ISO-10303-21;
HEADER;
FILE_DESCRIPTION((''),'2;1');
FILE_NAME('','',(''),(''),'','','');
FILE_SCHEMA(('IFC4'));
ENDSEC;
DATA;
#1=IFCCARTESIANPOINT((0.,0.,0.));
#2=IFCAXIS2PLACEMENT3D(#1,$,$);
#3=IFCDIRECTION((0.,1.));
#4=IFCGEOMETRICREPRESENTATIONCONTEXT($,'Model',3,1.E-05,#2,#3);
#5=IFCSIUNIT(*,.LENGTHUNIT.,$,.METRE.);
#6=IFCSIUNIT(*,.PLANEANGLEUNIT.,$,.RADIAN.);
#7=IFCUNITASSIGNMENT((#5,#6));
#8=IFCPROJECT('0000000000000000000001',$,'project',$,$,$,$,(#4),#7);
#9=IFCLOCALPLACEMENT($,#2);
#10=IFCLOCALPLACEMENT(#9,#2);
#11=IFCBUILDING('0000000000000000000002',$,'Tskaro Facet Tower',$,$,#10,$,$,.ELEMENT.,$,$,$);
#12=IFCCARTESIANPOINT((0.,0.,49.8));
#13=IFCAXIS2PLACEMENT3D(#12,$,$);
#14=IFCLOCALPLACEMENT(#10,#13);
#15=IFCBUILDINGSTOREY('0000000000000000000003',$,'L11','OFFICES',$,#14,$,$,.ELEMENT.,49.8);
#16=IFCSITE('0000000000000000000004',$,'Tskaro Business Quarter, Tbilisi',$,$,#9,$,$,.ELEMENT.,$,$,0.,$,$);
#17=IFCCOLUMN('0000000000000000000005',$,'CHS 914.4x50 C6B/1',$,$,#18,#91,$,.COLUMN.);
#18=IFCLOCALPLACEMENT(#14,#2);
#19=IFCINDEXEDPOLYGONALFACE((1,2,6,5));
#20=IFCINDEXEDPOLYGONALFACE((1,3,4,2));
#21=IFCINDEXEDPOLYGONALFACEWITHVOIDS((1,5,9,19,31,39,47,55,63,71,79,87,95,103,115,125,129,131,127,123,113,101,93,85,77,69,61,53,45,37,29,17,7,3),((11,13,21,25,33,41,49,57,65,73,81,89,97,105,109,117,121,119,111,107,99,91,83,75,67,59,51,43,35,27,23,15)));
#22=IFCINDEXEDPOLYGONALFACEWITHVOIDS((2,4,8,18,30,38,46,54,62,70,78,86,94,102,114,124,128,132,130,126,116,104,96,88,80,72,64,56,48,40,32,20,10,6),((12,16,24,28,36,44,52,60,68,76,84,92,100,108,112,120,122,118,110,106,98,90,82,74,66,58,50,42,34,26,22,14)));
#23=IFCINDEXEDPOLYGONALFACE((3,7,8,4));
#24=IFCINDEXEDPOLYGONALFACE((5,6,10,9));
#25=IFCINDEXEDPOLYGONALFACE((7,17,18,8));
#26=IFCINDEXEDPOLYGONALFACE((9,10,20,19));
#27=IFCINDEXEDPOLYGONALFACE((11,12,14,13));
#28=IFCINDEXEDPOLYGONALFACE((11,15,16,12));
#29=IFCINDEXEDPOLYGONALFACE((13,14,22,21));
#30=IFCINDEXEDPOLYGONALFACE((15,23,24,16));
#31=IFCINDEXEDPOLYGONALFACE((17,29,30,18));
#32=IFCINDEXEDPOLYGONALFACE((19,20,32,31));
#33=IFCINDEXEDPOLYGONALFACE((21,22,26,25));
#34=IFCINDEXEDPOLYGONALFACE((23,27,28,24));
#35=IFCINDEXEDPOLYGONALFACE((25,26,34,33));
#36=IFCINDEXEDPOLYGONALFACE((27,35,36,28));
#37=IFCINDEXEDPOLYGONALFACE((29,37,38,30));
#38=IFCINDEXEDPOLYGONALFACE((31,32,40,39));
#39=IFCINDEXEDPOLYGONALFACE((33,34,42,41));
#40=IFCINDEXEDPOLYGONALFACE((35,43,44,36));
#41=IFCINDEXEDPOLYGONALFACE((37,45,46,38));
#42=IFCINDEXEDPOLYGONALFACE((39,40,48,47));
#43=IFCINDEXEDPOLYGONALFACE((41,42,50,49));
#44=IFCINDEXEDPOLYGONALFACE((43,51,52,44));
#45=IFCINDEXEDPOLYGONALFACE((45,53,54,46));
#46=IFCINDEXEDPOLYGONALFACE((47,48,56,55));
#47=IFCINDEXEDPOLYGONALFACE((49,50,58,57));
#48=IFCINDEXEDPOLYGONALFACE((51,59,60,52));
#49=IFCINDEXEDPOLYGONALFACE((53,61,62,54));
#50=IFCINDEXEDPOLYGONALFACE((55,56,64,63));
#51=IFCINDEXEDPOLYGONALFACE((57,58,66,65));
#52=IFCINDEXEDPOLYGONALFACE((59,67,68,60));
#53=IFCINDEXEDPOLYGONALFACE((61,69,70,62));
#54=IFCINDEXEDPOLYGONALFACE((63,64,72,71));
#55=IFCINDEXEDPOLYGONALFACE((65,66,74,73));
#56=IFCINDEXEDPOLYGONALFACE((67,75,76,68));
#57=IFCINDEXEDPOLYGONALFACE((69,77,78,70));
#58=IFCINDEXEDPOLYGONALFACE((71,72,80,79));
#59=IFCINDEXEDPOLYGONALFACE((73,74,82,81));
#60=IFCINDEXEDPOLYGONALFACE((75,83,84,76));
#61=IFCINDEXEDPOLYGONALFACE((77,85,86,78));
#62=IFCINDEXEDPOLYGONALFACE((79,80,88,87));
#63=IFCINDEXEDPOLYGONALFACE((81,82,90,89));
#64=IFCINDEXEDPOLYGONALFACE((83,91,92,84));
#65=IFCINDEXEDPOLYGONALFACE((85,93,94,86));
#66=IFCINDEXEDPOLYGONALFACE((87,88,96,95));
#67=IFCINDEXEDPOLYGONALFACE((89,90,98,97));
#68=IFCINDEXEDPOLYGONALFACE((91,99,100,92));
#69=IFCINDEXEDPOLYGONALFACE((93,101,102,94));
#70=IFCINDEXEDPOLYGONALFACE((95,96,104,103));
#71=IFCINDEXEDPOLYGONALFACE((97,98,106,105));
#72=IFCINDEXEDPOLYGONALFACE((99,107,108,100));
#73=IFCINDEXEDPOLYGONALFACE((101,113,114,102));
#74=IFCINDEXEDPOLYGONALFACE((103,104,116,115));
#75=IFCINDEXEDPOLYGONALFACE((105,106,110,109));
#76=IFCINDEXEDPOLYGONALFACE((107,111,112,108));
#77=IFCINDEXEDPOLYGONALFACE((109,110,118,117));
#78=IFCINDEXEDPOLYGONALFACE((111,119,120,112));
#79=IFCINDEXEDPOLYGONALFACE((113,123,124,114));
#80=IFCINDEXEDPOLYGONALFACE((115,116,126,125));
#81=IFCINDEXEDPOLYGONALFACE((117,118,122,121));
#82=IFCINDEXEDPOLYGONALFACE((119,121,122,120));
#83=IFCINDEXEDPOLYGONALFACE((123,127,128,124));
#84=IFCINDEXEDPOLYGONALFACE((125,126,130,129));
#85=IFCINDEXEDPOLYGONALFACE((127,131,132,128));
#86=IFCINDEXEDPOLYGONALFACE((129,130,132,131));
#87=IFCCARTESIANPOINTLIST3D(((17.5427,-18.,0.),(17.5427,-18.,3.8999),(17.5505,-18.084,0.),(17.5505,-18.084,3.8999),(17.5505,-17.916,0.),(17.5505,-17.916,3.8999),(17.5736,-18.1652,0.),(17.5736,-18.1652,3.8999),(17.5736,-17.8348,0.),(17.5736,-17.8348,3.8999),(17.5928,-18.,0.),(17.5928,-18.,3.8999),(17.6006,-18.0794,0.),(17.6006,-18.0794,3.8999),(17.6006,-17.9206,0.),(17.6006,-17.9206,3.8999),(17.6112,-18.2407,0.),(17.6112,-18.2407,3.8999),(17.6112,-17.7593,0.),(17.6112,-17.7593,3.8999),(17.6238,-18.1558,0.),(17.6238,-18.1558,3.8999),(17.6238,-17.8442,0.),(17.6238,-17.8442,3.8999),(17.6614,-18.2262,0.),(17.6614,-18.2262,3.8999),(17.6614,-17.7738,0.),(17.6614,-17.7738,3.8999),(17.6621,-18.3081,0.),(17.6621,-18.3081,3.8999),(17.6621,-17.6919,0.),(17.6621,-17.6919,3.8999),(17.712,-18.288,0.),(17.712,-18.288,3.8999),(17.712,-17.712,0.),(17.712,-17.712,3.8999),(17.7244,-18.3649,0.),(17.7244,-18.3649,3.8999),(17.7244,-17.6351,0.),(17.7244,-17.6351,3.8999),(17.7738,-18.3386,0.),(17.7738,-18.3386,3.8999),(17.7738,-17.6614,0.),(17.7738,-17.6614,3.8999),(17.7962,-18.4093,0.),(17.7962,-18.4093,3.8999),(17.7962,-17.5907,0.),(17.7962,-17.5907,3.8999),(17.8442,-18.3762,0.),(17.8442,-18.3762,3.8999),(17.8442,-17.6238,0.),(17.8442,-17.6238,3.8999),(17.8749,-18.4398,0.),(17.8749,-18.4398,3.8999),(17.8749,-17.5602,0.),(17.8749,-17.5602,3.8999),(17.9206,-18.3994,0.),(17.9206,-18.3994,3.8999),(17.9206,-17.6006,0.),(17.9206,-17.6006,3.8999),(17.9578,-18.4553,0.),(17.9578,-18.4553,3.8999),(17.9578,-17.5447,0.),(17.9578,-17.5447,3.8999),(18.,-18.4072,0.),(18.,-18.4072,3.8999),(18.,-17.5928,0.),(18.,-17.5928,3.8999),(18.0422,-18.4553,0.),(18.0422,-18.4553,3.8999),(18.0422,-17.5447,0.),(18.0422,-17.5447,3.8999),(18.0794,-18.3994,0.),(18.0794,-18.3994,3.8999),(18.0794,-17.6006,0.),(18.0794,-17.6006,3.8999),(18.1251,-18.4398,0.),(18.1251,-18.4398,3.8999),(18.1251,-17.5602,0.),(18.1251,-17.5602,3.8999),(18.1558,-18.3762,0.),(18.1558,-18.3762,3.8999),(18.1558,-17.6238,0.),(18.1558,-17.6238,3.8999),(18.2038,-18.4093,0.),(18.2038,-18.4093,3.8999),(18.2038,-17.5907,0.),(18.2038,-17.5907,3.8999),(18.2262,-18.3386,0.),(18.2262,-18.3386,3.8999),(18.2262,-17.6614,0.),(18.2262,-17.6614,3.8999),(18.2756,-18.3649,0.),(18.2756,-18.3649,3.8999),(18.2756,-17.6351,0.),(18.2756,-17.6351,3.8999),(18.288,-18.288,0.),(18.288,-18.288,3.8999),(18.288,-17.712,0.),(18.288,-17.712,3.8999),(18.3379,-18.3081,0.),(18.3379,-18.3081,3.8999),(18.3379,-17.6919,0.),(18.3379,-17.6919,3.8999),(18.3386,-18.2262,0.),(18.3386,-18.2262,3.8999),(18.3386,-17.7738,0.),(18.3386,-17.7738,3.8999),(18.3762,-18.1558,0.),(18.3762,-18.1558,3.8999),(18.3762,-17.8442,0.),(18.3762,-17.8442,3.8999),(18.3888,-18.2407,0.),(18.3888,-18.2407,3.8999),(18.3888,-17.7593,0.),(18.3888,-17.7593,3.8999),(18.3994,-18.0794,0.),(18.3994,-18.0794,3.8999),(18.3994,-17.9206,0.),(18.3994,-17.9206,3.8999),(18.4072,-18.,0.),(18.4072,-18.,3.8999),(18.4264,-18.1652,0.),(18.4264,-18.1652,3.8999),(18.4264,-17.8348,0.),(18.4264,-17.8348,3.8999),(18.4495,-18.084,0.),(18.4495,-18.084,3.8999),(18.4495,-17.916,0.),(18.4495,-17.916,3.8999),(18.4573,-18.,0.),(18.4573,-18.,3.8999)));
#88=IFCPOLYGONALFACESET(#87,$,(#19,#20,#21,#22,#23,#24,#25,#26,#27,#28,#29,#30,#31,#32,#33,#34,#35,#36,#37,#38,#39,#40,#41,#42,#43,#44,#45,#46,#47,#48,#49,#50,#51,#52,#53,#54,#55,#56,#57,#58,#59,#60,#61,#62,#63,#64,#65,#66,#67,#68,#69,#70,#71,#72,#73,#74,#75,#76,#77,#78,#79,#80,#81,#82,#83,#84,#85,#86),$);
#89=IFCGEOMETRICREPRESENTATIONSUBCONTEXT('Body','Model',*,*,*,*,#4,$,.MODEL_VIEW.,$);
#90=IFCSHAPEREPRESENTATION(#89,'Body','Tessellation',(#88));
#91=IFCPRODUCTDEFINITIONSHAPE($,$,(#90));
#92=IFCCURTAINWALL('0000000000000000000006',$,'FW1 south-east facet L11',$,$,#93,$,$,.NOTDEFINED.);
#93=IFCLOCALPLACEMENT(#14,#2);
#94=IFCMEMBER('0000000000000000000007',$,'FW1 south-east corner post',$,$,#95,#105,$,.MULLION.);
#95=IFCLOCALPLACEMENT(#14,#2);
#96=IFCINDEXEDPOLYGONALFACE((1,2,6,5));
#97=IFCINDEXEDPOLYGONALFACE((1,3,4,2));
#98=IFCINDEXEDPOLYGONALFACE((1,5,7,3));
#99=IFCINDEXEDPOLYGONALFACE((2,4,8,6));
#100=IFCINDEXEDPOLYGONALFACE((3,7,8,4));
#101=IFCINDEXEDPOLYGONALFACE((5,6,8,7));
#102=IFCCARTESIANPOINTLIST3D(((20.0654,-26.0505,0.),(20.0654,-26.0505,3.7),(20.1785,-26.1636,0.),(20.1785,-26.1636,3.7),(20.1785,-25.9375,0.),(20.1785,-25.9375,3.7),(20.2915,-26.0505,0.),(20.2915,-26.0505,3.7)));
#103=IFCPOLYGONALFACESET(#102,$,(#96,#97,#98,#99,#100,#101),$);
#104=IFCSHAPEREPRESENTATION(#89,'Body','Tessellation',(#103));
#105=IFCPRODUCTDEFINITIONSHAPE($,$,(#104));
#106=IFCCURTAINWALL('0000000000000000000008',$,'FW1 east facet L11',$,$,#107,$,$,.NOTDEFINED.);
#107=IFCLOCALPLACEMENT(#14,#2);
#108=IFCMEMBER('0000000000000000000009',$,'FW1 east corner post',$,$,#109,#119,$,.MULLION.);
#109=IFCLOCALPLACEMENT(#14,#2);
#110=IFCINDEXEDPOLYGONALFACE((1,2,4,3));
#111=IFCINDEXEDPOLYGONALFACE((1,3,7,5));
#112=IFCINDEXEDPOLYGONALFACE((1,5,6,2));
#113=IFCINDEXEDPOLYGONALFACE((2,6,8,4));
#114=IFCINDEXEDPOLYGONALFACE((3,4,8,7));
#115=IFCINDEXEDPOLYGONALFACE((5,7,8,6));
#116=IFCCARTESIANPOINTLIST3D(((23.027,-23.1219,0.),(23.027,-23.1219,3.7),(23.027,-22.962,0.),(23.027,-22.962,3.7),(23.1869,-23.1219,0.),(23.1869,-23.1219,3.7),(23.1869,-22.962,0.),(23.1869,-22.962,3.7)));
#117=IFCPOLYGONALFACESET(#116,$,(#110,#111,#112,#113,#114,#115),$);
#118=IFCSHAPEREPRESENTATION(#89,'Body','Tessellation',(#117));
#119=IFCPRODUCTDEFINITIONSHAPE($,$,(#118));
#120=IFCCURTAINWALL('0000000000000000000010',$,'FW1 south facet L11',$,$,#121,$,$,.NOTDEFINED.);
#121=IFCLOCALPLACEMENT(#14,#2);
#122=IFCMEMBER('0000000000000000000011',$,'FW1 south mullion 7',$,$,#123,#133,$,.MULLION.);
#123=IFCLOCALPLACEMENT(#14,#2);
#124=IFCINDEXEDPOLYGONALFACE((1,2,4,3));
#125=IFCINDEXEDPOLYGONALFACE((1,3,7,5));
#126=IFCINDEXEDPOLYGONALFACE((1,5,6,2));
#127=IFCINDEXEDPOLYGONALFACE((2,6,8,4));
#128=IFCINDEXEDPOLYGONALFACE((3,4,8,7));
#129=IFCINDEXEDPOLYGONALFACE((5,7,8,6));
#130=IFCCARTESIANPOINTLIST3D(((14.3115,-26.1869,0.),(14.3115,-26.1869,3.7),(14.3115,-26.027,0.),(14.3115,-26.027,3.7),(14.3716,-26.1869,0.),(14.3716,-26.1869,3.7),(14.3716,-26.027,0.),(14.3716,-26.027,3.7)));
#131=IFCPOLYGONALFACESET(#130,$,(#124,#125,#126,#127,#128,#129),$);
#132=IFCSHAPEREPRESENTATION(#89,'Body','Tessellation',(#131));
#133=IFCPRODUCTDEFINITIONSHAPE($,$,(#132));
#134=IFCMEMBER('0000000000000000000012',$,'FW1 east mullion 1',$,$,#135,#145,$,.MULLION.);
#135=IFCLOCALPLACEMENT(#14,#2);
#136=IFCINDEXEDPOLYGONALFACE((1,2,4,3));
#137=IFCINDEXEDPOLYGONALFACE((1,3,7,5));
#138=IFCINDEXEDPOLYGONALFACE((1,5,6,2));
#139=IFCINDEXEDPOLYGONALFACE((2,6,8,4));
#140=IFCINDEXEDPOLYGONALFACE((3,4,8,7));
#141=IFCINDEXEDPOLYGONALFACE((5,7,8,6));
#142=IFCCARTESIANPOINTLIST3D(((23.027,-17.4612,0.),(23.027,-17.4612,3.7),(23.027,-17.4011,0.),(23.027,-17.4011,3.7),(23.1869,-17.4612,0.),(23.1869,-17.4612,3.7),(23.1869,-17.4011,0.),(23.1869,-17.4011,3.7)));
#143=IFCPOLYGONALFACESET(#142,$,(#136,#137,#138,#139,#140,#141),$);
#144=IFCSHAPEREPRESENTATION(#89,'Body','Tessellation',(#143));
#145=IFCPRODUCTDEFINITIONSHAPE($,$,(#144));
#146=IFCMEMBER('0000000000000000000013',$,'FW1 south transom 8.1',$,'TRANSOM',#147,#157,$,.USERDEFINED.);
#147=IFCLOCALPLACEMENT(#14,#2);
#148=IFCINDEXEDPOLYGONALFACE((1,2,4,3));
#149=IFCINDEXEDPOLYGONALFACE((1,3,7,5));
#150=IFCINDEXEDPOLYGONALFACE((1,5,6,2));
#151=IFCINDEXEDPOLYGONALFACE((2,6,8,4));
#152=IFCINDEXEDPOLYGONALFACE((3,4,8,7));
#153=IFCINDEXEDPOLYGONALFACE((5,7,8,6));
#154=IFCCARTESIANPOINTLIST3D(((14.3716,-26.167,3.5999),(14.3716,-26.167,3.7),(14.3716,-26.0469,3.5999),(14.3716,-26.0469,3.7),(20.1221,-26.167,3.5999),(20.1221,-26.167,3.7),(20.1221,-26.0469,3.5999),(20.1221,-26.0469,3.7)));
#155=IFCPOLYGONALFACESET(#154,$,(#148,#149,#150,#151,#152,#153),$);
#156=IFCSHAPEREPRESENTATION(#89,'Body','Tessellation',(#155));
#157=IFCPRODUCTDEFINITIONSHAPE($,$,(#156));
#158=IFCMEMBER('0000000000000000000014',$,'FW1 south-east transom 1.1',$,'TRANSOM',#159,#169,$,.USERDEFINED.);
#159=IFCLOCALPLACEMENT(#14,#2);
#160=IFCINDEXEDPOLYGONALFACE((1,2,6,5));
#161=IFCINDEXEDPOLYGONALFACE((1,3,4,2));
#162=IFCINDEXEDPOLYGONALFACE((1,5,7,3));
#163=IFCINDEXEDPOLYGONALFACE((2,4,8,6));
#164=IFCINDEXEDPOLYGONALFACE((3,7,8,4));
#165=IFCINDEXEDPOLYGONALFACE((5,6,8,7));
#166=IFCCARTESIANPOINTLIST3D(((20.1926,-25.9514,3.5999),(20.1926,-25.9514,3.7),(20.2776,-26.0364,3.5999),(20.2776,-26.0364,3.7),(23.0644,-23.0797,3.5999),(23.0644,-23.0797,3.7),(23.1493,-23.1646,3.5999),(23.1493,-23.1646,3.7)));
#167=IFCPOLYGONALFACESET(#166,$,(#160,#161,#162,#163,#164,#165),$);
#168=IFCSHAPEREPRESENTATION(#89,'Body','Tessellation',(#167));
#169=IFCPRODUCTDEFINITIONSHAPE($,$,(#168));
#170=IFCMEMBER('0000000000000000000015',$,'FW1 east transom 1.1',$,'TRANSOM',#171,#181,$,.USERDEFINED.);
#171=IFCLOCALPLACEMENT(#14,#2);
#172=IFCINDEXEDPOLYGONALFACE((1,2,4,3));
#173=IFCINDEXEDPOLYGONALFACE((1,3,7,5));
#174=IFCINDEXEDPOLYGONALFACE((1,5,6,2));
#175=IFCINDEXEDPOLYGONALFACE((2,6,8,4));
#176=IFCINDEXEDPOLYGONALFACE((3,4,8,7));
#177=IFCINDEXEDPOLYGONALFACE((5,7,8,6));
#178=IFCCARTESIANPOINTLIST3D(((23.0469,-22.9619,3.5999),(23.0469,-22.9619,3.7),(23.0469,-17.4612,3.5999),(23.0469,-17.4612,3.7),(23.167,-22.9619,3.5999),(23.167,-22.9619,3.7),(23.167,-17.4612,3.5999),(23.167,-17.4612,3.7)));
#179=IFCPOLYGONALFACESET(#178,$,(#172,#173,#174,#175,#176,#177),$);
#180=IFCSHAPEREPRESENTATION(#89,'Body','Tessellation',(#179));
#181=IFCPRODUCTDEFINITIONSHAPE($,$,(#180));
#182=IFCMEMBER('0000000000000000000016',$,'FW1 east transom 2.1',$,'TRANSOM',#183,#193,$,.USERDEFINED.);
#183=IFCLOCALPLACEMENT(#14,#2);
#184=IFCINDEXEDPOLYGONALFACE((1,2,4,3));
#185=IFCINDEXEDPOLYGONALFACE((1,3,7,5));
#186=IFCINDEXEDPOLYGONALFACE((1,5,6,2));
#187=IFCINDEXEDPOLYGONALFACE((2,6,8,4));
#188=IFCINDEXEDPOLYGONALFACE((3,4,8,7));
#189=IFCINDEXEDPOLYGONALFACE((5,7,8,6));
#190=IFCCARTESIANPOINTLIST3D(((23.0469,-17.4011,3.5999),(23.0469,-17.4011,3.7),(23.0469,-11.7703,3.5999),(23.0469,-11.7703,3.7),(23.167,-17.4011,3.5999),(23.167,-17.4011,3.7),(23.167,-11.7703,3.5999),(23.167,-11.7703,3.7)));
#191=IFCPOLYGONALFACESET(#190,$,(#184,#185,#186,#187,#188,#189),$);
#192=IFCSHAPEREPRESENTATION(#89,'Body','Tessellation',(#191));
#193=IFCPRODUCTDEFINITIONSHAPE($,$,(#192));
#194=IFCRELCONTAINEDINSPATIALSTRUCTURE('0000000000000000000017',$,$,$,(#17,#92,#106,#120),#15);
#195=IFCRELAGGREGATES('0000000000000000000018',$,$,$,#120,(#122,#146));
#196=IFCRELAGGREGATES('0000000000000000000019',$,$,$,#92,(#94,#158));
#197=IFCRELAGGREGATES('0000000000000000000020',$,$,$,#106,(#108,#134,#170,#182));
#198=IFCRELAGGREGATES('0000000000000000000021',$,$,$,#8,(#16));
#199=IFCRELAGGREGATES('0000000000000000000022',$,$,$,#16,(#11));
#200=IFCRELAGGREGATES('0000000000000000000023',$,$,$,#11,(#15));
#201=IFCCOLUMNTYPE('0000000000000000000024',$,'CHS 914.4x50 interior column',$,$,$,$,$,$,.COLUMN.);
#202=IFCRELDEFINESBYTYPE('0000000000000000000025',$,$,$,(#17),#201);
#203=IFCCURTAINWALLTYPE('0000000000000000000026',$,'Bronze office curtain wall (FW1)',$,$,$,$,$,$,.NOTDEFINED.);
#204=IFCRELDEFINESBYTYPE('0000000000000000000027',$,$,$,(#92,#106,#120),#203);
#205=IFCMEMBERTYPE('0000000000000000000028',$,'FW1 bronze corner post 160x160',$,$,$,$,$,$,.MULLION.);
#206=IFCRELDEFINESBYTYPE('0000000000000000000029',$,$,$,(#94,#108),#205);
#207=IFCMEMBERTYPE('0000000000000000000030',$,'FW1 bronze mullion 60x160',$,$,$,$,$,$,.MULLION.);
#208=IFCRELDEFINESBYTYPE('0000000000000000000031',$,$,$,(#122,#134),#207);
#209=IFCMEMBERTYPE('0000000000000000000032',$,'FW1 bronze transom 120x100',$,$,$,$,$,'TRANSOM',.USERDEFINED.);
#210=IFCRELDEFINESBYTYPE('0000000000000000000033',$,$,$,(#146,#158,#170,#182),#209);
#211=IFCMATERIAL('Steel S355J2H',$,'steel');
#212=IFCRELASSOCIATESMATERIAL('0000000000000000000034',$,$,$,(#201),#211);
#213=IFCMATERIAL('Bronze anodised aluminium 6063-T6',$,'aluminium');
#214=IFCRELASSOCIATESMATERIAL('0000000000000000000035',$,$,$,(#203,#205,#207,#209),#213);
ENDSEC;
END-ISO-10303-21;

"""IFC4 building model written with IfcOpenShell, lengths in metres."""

from ifc_helpers import new_model, si_unit, direction, frame, origin, origin_2d, place, context, subcontext, project, spatial, rectangle, hollow_circle, extrude, material, material_profile, profile_set, type_object, element, aggregate, save


model = new_model("IFC4")

# Units and contexts
model_context = context("Model", 3, precision=1e-05, world=origin(), true_north=direction((0.0, 1.0)))
body_context = subcontext(model_context, "Body", "Model", "MODEL_VIEW")
ifc_project = project(units=[si_unit("LENGTHUNIT", "METRE"), si_unit("PLANEANGLEUNIT", "RADIAN")], contexts=[model_context])

# Site, building, storey
site_placement = place(None, origin())
site = spatial("IfcSite", under=ifc_project, at=site_placement, Name="Tskaro Business Quarter, Tbilisi", CompositionType="ELEMENT", RefElevation=0.0)
building_placement = place(site_placement, origin())
building = spatial("IfcBuilding", under=site, at=building_placement, Name="Tskaro Facet Tower", CompositionType="ELEMENT")
storey_placement = place(building_placement, frame((0.0, 0.0, 49.8)))
storey = spatial("IfcBuildingStorey", under=building, at=storey_placement, Name="L11", Description="OFFICES", CompositionType="ELEMENT", Elevation=49.8)

# Column
ifc_material_1 = material(Name="Steel S355J2H", Category="steel")
ifc_material_profile_1 = material_profile(ifc_material_1, hollow_circle(Radius=0.4573, WallThickness=0.05, at=origin_2d()), Name="CHS 914.4x50")
ifc_profile_set_1 = profile_set([ifc_material_profile_1], Name="Steel S355J2H")
column_type_1 = type_object("IfcColumnType", Name="CHS 914.4x50 interior column", PredefinedType="COLUMN", material=ifc_profile_set_1)
column_placement = place(storey_placement, frame((18.0, -18.0, 0.0), z_axis=(0.0, 0.0, 1.0), x_axis=(1.0, 0.0, 0.0)))
element("IfcColumn", 1, at=column_placement, inside=storey, type_object=column_type_1, Name="CHS 914.4x50 C6B/1", PredefinedType="COLUMN", context=body_context, shape_type="SweptSolid", body=[
    extrude(hollow_circle(Radius=0.4573, WallThickness=0.05, at=origin_2d()), origin(), (0.0, 0.0, 1.0), 3.8999),
])

# Curtain walls, members
ifc_material_2 = material(Name="Bronze anodised aluminium 6063-T6", Category="aluminium")
curtain_wall_type = type_object("IfcCurtainWallType", Name="Bronze office curtain wall (FW1)", PredefinedType="NOTDEFINED", material=ifc_material_2)
curtain_wall_1_placement = place(storey_placement, origin())
curtain_wall_1 = element("IfcCurtainWall", 2, at=curtain_wall_1_placement, inside=storey, type_object=curtain_wall_type, Name="FW1 south-east facet L11", PredefinedType="NOTDEFINED")
ifc_material_profile_2 = material_profile(ifc_material_2, rectangle(XDim=0.1599, YDim=0.1599, at=origin_2d()), Name="Corner post 160x160")
ifc_profile_set_2 = profile_set([ifc_material_profile_2], Name="Bronze anodised aluminium 6063-T6")
member_type_1 = type_object("IfcMemberType", Name="FW1 bronze corner post 160x160", PredefinedType="MULLION", material=ifc_profile_set_2)
member_1_placement = place(storey_placement, frame((20.1785, -26.0505, 0.0), z_axis=(0.0, 0.0, 1.0), x_axis=(0.707107, 0.707107, 0.0)))
member_1 = element("IfcMember", 3, at=member_1_placement, type_object=member_type_1, Name="FW1 south-east corner post", PredefinedType="MULLION", context=body_context, shape_type="SweptSolid", body=[
    extrude(rectangle(XDim=0.1599, YDim=0.1599, at=origin_2d()), origin(), (0.0, 0.0, 1.0), 3.7),
])
curtain_wall_2_placement = place(storey_placement, origin())
curtain_wall_2 = element("IfcCurtainWall", 4, at=curtain_wall_2_placement, inside=storey, type_object=curtain_wall_type, Name="FW1 east facet L11", PredefinedType="NOTDEFINED")
member_2_placement = place(storey_placement, frame((23.1069, -23.042, 0.0), z_axis=(0.0, 0.0, 1.0), x_axis=(0.0, 1.0, 0.0)))
member_2 = element("IfcMember", 5, at=member_2_placement, type_object=member_type_1, Name="FW1 east corner post", PredefinedType="MULLION", context=body_context, shape_type="SweptSolid", body=[
    extrude(rectangle(XDim=0.1599, YDim=0.1599, at=origin_2d()), origin(), (0.0, 0.0, 1.0), 3.7),
])
curtain_wall_3_placement = place(storey_placement, origin())
curtain_wall_3 = element("IfcCurtainWall", 6, at=curtain_wall_3_placement, inside=storey, type_object=curtain_wall_type, Name="FW1 south facet L11", PredefinedType="NOTDEFINED")
ifc_material_profile_3 = material_profile(ifc_material_2, rectangle(XDim=0.0601, YDim=0.1599, at=origin_2d()), Name="Mullion 60x160")
ifc_profile_set_3 = profile_set([ifc_material_profile_3], Name="Bronze anodised aluminium 6063-T6")
member_type_2 = type_object("IfcMemberType", Name="FW1 bronze mullion 60x160", PredefinedType="MULLION", material=ifc_profile_set_3)
member_3_placement = place(storey_placement, frame((14.3416, -26.1069, 0.0), z_axis=(0.0, 0.0, 1.0), x_axis=(1.0, 0.0, 0.0)))
member_3 = element("IfcMember", 7, at=member_3_placement, type_object=member_type_2, Name="FW1 south mullion 7", PredefinedType="MULLION", context=body_context, shape_type="SweptSolid", body=[
    extrude(rectangle(XDim=0.0601, YDim=0.1599, at=origin_2d()), origin(), (0.0, 0.0, 1.0), 3.7),
])

# Members
member_4_placement = place(storey_placement, frame((23.1069, -17.4312, 0.0), z_axis=(0.0, 0.0, 1.0), x_axis=(0.0, 1.0, 0.0)))
member_4 = element("IfcMember", 8, at=member_4_placement, type_object=member_type_2, Name="FW1 east mullion 1", PredefinedType="MULLION", context=body_context, shape_type="SweptSolid", body=[
    extrude(rectangle(XDim=0.0601, YDim=0.1599, at=origin_2d()), origin(), (0.0, 0.0, 1.0), 3.7),
])
ifc_material_profile_4 = material_profile(ifc_material_2, rectangle(XDim=0.1201, YDim=0.1001, at=origin_2d()), Name="Transom 120x100")
ifc_profile_set_4 = profile_set([ifc_material_profile_4], Name="Bronze anodised aluminium 6063-T6")
member_type_3 = type_object("IfcMemberType", Name="FW1 bronze transom 120x100", ElementType="TRANSOM", PredefinedType="USERDEFINED", material=ifc_profile_set_4)
member_5_placement = place(storey_placement, frame((14.3716, -26.1069, 3.6499), z_axis=(1.0, 0.0, 0.0), x_axis=(0.0, 1.0, 0.0)))
member_5 = element("IfcMember", 9, at=member_5_placement, type_object=member_type_3, Name="FW1 south transom 8.1", ObjectType="TRANSOM", PredefinedType="USERDEFINED", context=body_context, shape_type="SweptSolid", body=[
    extrude(rectangle(XDim=0.1201, YDim=0.1001, at=origin_2d()), origin(), (0.0, 0.0, 1.0), 5.7505),
])
member_6_placement = place(storey_placement, frame((20.2351, -25.9939, 3.6499), z_axis=(0.707107, 0.707107, 0.0), x_axis=(-0.707107, 0.707107, 0.0)))
member_6 = element("IfcMember", 10, at=member_6_placement, type_object=member_type_3, Name="FW1 south-east transom 1.1", ObjectType="TRANSOM", PredefinedType="USERDEFINED", context=body_context, shape_type="SweptSolid", body=[
    extrude(rectangle(XDim=0.1201, YDim=0.1001, at=origin_2d()), origin(), (0.0, 0.0, 1.0), 4.0613),
])
member_7_placement = place(storey_placement, frame((23.1069, -22.9619, 3.6499), z_axis=(0.0, 1.0, 0.0), x_axis=(-1.0, 0.0, 0.0)))
member_7 = element("IfcMember", 11, at=member_7_placement, type_object=member_type_3, Name="FW1 east transom 1.1", ObjectType="TRANSOM", PredefinedType="USERDEFINED", context=body_context, shape_type="SweptSolid", body=[
    extrude(rectangle(XDim=0.1201, YDim=0.1001, at=origin_2d()), origin(), (0.0, 0.0, 1.0), 5.5007),
])
member_8_placement = place(storey_placement, frame((23.1069, -17.4011, 3.6499), z_axis=(0.0, 1.0, 0.0), x_axis=(-1.0, 0.0, 0.0)))
member_8 = element("IfcMember", 12, at=member_8_placement, type_object=member_type_3, Name="FW1 east transom 2.1", ObjectType="TRANSOM", PredefinedType="USERDEFINED", context=body_context, shape_type="SweptSolid", body=[
    extrude(rectangle(XDim=0.1201, YDim=0.1001, at=origin_2d()), origin(), (0.0, 0.0, 1.0), 5.6309),
])

aggregate(curtain_wall_3, [member_3, member_5])
aggregate(curtain_wall_1, [member_1, member_6])
aggregate(curtain_wall_2, [member_2, member_4, member_7, member_8])

save(model, "model.ifc")
